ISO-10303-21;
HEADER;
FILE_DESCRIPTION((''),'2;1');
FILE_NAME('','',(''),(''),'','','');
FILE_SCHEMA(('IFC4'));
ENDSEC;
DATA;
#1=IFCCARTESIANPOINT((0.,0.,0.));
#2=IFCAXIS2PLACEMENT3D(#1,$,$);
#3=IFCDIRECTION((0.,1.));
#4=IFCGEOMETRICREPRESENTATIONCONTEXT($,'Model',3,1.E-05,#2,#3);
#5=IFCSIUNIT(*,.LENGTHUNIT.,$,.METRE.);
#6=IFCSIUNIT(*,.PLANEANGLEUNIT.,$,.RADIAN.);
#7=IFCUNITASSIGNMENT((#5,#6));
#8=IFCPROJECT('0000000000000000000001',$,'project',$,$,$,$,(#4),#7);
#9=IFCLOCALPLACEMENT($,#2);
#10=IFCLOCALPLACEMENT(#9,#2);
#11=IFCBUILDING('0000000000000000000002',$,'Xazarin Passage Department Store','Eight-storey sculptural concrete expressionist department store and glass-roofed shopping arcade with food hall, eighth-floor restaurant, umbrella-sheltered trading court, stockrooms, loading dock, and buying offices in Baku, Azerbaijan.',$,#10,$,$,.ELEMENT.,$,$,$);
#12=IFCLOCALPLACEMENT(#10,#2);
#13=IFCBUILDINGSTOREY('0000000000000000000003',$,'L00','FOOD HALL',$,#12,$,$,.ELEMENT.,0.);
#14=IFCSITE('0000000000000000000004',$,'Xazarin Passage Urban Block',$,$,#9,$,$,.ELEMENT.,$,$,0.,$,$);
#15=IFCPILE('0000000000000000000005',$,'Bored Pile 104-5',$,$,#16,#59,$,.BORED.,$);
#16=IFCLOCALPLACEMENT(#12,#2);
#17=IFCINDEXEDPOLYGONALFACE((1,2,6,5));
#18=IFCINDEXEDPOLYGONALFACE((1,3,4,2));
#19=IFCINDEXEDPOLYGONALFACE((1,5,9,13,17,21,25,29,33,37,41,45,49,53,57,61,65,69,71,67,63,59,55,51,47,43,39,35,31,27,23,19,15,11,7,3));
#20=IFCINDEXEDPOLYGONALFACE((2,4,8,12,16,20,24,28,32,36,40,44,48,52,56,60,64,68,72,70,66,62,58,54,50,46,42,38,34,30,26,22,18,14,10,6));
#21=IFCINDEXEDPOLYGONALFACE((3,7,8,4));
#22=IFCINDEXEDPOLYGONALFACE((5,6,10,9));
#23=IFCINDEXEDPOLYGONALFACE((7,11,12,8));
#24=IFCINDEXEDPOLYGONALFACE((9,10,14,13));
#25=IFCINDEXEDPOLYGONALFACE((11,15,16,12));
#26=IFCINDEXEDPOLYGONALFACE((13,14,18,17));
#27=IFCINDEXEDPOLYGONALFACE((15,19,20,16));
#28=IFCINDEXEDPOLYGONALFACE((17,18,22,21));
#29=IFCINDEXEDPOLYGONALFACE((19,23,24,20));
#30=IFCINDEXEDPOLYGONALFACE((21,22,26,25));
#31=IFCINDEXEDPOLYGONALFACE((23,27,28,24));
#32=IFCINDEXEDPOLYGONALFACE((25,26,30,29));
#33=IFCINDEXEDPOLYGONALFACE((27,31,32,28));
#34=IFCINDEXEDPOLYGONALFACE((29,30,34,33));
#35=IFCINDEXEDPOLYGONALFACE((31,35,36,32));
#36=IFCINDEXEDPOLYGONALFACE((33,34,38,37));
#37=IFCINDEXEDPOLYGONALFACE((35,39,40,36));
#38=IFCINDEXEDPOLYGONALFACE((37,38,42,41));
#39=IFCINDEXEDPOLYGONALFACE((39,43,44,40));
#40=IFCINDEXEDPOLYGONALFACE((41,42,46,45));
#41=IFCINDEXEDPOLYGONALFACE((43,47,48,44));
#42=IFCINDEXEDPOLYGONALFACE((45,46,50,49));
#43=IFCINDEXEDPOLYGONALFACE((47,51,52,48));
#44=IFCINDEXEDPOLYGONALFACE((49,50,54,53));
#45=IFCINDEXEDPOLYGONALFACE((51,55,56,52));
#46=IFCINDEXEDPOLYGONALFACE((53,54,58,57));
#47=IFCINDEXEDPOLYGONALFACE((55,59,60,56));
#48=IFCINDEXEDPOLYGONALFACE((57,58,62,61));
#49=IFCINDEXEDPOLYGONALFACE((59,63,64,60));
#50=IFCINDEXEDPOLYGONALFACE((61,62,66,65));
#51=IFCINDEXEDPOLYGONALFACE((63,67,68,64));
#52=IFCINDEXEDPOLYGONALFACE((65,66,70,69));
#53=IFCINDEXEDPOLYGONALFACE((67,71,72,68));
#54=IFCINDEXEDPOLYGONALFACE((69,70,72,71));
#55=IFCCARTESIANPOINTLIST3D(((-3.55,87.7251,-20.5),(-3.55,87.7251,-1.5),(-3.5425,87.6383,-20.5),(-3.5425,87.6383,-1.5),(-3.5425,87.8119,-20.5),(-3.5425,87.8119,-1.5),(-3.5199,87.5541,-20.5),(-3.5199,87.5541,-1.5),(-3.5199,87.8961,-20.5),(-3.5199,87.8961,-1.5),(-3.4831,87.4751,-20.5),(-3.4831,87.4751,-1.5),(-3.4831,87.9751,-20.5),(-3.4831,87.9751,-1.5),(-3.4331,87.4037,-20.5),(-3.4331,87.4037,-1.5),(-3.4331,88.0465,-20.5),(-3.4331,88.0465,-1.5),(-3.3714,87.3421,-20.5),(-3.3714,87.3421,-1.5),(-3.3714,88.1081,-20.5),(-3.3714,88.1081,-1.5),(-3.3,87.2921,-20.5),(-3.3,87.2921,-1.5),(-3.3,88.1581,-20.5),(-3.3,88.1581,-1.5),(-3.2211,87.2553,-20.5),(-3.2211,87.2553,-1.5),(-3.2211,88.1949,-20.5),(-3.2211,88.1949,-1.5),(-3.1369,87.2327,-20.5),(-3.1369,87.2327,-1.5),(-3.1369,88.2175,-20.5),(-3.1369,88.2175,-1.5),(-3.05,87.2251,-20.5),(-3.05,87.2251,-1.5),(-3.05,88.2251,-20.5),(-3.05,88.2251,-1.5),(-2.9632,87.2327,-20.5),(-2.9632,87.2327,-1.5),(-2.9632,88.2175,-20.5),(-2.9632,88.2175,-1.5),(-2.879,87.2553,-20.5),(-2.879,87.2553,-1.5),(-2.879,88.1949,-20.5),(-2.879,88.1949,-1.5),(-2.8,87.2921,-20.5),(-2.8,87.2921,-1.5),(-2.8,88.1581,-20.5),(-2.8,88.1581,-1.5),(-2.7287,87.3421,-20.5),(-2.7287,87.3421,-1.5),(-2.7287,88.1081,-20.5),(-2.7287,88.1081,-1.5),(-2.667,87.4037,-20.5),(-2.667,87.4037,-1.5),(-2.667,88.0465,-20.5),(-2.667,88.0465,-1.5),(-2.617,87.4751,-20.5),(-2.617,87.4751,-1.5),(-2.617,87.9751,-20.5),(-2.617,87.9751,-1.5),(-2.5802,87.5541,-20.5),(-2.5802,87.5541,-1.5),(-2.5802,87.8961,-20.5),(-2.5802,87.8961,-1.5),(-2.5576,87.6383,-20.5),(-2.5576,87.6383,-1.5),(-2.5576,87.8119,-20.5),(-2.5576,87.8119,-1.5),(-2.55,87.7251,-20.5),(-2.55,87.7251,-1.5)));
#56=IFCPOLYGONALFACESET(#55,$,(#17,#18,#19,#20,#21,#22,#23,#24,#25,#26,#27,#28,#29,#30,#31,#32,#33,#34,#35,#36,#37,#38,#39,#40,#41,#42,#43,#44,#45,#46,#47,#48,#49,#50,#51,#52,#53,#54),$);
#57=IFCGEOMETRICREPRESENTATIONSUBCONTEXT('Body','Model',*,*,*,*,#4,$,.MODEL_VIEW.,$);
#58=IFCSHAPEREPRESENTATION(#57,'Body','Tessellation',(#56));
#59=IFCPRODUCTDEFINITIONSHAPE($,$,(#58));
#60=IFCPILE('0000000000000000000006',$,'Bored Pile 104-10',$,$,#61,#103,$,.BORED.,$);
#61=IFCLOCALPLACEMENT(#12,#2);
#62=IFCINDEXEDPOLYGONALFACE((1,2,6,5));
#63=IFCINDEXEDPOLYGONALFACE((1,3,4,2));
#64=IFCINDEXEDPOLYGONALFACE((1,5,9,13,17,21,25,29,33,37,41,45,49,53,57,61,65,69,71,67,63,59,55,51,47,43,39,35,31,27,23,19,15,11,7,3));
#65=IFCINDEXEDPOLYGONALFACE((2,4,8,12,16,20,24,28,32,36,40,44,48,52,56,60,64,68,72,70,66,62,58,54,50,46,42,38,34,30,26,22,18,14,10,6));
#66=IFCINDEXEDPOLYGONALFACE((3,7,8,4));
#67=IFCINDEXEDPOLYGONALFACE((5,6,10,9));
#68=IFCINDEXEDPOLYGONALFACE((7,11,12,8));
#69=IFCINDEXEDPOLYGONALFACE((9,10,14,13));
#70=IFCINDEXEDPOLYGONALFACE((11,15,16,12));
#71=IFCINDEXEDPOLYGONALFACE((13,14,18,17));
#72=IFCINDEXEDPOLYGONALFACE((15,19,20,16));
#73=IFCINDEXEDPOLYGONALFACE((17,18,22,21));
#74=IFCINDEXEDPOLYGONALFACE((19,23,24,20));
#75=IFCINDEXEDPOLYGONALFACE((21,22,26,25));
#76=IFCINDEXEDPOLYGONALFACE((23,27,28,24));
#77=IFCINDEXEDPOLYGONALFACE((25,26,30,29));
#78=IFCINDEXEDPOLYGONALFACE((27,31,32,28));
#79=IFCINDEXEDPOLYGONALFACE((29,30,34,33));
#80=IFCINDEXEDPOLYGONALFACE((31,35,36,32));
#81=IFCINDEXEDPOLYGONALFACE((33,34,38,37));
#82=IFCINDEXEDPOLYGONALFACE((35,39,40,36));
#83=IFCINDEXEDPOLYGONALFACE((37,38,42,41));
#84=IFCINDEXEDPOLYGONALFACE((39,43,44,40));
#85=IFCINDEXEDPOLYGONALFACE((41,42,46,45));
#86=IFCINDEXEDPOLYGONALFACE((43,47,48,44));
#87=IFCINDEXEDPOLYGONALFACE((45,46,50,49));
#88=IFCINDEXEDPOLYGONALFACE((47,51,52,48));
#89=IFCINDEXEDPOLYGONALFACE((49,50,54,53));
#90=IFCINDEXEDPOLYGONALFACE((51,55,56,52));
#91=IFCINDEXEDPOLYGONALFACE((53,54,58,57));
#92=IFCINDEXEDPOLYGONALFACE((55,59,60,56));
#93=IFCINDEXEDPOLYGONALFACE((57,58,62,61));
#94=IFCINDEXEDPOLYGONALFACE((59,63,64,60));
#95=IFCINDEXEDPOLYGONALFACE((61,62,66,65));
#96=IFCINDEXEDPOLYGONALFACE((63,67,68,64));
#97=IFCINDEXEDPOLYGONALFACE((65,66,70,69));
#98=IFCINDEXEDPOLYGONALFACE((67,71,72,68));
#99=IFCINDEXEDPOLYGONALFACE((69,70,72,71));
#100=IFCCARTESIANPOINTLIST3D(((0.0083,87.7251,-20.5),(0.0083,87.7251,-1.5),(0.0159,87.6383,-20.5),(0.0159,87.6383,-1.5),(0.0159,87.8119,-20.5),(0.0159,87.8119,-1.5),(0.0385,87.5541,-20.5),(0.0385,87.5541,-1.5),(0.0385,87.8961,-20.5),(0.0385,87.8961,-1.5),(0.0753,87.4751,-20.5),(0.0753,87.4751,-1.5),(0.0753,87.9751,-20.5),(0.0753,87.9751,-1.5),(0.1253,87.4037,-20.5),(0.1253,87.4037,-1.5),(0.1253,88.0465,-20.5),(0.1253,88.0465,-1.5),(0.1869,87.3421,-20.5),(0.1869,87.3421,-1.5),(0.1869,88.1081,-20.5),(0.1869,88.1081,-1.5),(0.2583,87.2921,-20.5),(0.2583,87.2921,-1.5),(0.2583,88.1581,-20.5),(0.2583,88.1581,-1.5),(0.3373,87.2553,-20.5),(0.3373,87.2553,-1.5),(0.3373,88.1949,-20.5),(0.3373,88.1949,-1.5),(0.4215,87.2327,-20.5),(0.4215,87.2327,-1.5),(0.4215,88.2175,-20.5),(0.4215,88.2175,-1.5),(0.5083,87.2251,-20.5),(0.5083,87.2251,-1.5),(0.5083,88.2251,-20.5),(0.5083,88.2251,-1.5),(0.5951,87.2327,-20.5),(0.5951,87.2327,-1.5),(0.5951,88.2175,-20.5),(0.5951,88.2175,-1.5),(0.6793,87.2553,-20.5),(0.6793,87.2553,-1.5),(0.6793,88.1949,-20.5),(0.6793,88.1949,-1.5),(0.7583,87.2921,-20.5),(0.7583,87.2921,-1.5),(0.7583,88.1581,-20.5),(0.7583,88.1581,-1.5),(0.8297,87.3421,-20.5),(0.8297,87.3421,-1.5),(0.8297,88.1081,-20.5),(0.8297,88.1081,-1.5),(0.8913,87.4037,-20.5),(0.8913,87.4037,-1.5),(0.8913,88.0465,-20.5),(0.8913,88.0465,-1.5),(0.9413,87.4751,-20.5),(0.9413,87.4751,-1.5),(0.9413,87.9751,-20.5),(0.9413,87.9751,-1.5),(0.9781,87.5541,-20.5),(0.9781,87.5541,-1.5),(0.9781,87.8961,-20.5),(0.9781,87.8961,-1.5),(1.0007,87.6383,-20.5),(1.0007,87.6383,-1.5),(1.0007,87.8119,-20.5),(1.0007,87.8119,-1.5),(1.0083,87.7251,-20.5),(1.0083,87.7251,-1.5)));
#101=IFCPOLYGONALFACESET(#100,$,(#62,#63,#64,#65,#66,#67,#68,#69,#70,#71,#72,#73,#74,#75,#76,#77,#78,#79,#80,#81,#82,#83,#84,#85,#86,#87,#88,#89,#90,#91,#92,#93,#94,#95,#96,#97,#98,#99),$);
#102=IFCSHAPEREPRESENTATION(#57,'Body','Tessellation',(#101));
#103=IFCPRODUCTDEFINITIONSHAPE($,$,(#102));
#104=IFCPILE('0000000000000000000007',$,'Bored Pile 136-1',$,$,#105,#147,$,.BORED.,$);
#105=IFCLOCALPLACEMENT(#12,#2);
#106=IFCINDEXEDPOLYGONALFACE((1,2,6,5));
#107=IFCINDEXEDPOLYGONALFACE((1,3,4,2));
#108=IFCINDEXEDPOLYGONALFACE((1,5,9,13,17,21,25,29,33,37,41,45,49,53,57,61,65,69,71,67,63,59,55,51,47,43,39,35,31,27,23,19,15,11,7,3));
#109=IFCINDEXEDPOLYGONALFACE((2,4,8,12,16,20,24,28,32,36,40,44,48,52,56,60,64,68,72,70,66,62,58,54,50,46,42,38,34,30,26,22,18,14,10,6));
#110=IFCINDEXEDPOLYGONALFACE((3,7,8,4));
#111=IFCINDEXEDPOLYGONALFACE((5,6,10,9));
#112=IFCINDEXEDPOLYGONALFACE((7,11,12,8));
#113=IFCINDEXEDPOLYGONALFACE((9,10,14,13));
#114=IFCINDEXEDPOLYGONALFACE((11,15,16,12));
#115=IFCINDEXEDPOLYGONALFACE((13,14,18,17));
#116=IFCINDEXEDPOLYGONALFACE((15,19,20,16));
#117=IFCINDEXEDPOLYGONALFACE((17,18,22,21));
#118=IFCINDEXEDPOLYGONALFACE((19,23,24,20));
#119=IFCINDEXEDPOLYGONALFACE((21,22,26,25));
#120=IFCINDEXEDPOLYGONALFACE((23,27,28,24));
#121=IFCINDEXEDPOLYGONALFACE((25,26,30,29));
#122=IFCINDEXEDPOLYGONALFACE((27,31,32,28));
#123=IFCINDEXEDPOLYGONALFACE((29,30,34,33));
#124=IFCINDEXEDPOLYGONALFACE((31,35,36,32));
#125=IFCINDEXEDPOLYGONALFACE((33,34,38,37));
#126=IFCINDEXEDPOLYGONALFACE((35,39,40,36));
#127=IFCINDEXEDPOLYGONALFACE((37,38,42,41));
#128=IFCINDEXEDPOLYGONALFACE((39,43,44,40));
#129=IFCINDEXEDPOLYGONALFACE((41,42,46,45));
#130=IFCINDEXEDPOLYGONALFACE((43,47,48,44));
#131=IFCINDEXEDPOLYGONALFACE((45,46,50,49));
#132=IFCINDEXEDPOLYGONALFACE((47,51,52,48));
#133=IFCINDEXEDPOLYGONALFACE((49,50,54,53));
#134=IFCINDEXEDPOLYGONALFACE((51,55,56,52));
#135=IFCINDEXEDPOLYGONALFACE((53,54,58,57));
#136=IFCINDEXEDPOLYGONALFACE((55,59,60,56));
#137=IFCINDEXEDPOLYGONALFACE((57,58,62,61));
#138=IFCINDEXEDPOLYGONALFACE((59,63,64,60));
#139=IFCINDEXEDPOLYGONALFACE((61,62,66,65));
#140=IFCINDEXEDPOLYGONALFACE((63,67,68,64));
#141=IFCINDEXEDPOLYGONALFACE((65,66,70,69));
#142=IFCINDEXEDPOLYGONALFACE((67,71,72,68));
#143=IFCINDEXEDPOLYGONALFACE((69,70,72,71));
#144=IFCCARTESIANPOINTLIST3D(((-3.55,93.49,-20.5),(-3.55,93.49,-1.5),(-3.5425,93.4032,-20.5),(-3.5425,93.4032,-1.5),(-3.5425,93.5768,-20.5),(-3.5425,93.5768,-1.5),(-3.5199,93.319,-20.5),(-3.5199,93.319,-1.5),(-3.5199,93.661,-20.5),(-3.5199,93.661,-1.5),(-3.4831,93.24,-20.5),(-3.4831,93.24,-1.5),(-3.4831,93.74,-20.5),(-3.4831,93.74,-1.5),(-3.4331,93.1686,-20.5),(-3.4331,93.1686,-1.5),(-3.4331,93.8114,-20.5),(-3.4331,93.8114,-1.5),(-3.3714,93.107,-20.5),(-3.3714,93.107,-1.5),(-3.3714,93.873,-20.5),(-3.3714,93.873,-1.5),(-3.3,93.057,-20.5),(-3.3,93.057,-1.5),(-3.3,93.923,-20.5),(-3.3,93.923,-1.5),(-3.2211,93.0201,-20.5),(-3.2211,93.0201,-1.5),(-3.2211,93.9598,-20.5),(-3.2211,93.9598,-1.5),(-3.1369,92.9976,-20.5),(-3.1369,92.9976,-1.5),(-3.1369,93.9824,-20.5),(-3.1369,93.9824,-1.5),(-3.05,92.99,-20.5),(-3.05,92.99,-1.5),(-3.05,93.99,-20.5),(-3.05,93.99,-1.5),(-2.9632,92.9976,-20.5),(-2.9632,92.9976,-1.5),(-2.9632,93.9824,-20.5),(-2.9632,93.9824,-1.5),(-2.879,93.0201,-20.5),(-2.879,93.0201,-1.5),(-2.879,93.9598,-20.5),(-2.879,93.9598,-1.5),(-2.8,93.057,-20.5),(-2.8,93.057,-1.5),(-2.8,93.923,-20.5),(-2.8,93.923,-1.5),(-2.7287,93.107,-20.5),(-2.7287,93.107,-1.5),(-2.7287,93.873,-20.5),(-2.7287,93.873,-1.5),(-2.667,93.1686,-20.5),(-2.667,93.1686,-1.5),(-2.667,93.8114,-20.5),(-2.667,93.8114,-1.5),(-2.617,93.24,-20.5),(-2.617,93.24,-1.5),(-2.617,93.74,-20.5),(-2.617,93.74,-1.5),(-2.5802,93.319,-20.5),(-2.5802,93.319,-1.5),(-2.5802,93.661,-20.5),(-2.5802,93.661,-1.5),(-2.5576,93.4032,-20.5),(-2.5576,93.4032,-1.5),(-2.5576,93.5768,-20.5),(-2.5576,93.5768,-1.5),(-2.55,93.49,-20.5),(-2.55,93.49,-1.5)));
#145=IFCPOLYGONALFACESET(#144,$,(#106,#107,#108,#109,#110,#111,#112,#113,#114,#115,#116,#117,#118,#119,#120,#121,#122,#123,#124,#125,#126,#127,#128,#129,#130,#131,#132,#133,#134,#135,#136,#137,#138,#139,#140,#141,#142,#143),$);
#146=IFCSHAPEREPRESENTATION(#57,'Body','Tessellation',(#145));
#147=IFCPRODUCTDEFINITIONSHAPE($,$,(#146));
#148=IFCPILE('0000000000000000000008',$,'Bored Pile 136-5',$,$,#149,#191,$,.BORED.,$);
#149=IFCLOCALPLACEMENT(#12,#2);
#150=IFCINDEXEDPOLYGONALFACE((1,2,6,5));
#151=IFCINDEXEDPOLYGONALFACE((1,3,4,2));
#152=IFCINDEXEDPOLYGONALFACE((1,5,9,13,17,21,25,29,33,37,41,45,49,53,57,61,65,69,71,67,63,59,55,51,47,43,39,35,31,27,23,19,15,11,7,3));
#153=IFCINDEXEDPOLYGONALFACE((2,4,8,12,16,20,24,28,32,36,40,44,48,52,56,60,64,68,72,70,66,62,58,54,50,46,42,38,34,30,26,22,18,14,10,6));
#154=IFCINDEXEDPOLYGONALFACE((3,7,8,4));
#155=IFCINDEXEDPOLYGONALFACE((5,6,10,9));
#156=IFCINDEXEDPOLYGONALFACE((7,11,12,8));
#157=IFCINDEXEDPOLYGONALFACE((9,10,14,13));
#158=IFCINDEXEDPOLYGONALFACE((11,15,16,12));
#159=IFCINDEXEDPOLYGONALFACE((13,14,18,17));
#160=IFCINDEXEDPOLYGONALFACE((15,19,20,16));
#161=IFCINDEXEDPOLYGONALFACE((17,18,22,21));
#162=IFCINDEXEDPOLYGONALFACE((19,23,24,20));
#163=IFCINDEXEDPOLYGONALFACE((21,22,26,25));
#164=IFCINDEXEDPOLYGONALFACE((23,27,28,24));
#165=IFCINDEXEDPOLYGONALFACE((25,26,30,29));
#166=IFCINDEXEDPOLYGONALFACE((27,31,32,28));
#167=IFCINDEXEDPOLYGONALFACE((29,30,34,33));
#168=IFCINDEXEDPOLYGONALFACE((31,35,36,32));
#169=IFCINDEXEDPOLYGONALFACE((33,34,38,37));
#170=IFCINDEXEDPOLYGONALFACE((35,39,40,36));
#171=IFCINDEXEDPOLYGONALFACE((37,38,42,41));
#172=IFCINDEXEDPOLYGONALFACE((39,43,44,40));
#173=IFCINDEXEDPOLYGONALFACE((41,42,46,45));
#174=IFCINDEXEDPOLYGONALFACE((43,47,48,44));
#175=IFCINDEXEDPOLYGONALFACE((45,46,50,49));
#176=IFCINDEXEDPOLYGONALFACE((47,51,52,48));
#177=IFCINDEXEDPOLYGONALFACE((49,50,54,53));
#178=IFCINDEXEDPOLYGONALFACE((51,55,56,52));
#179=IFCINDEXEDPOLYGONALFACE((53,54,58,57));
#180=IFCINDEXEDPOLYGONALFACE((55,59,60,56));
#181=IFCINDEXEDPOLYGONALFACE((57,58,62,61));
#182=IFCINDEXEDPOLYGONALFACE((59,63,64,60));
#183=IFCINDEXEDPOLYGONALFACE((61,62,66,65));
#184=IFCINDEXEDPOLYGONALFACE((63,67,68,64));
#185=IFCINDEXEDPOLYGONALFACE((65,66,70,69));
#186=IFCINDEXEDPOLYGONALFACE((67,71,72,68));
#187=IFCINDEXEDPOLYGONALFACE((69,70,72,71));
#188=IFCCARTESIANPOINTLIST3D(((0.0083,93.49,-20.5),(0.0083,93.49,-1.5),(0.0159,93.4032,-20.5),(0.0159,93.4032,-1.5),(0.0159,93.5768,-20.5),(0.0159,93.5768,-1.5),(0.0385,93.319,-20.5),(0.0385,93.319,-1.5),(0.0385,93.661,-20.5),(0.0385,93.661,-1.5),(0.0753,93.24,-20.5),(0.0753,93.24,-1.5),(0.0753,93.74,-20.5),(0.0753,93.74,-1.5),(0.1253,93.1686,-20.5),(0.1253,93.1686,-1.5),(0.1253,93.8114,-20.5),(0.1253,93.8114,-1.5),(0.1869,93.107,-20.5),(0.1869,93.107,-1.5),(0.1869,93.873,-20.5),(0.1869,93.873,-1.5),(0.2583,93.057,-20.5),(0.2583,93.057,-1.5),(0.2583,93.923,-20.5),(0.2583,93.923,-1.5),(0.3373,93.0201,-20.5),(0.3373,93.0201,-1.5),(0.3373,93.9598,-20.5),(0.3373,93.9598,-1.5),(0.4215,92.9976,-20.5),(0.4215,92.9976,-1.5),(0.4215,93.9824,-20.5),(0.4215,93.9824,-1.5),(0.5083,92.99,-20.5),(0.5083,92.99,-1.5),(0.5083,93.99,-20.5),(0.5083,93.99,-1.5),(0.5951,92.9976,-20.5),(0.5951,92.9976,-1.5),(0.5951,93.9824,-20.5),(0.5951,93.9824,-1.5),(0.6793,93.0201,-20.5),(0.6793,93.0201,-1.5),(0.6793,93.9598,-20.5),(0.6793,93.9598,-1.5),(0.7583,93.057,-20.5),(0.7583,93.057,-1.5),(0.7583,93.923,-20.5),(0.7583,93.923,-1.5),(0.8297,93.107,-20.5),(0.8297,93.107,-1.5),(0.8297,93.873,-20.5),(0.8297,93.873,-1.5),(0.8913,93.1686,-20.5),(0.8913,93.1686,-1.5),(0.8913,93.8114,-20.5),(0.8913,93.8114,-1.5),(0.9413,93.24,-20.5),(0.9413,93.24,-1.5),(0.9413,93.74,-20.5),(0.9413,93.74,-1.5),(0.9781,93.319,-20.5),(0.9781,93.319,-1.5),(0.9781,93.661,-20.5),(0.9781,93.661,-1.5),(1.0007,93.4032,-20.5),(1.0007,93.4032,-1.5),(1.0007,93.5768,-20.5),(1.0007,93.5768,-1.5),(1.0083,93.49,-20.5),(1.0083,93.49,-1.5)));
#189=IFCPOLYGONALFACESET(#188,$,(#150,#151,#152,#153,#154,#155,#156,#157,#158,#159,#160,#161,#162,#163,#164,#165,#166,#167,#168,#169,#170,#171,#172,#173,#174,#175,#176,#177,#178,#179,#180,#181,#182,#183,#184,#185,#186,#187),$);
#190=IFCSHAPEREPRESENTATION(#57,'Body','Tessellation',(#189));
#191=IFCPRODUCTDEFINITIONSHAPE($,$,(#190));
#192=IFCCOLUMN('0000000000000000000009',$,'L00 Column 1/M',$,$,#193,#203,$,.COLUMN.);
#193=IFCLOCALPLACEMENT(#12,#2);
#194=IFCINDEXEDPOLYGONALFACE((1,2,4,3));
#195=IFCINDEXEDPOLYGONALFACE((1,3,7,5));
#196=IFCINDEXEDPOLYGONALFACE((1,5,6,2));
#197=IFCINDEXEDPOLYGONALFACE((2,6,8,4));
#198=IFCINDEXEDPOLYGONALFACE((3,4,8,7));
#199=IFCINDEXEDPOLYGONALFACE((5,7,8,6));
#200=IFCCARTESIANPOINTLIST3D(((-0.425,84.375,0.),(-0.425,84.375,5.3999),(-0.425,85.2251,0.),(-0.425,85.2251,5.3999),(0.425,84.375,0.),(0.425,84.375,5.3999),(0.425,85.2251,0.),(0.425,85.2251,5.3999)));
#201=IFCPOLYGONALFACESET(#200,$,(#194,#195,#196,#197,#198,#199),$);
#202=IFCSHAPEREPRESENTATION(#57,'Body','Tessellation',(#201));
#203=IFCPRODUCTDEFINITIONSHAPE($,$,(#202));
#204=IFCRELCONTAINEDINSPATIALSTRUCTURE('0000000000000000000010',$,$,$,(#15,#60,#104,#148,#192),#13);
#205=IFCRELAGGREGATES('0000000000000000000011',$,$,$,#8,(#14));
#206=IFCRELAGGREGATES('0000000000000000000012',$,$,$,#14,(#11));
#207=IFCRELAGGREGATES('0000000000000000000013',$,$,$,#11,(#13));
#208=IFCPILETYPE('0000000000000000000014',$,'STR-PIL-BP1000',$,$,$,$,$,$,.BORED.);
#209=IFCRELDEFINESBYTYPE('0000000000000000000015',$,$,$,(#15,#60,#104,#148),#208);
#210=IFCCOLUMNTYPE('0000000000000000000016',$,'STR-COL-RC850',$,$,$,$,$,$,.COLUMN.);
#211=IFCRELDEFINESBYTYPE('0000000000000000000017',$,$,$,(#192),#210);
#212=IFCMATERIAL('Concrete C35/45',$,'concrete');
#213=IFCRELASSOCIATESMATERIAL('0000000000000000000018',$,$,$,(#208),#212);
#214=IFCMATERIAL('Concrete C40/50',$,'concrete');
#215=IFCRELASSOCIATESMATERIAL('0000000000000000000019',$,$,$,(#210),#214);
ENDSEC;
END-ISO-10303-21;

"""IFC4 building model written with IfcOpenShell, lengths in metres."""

from ifc_helpers import new_model, si_unit, direction, frame, origin, origin_2d, place, context, subcontext, project, spatial, rectangle, circle, extrude, material, material_profile, profile_set, type_object, element, save


model = new_model("IFC4")

# Units and contexts
model_context = context("Model", 3, precision=1e-05, world=origin(), true_north=direction((0.0, 1.0)))
body_context = subcontext(model_context, "Body", "Model", "MODEL_VIEW")
ifc_project = project(units=[si_unit("LENGTHUNIT", "METRE"), si_unit("PLANEANGLEUNIT", "RADIAN")], contexts=[model_context])

# Site, building, storey
site_placement = place(None, origin())
site = spatial("IfcSite", under=ifc_project, at=site_placement, Name="Xazarin Passage Urban Block", CompositionType="ELEMENT", RefElevation=0.0)
building_placement = place(site_placement, origin())
building = spatial("IfcBuilding", under=site, at=building_placement, Name="Xazarin Passage Department Store", Description="Eight-storey sculptural concrete expressionist department store and glass-roofed shopping arcade with food hall, eighth-floor restaurant, umbrella-sheltered trading court, stockrooms, loading dock, and buying offices in Baku, Azerbaijan.", CompositionType="ELEMENT")
storey_placement = place(building_placement, origin())
storey = spatial("IfcBuildingStorey", under=building, at=storey_placement, Name="L00", Description="FOOD HALL", CompositionType="ELEMENT", Elevation=0.0)

# Piles
ifc_material_1 = material(Name="Concrete C35/45", Category="concrete")
ifc_material_profile_1 = material_profile(ifc_material_1, circle(Radius=0.5, at=origin_2d()), Name="BP 1000")
ifc_profile_set_1 = profile_set([ifc_material_profile_1], Name="Concrete C35/45")
pile_type = type_object("IfcPileType", Name="STR-PIL-BP1000", PredefinedType="BORED", material=ifc_profile_set_1)
for number, where, z_axis, x_axis, name in (
    (1, (-3.05, 87.7251, -1.5), (0.0, 0.0, -1.0), (1.0, 0.0, 0.0), "Bored Pile 104-5"),
    (2, (0.5083, 87.7251, -1.5), (0.0, 0.0, -1.0), (1.0, 0.0, 0.0), "Bored Pile 104-10"),
    (3, (-3.05, 93.49, -1.5), (0.0, 0.0, -1.0), (1.0, 0.0, 0.0), "Bored Pile 136-1"),
    (4, (0.5083, 93.49, -1.5), (0.0, 0.0, -1.0), (1.0, 0.0, 0.0), "Bored Pile 136-5"),
):
    element("IfcPile", number, at=place(storey_placement, frame(where, z_axis=z_axis, x_axis=x_axis)), inside=storey, type_object=pile_type, Name=name, PredefinedType="BORED", context=body_context, shape_type="SweptSolid", body=[
        extrude(circle(Radius=0.5, at=origin_2d()), origin(), (0.0, 0.0, 1.0), 19.0),
    ])

# Column
ifc_material_2 = material(Name="Concrete C40/50", Category="concrete")
ifc_material_profile_2 = material_profile(ifc_material_2, rectangle(XDim=0.8501, YDim=0.8501, at=origin_2d()), Name="RC 850x850")
ifc_profile_set_2 = profile_set([ifc_material_profile_2], Name="Concrete C40/50")
column_type_1 = type_object("IfcColumnType", Name="STR-COL-RC850", PredefinedType="COLUMN", material=ifc_profile_set_2)
for number, where, z_axis, x_axis, name in (
    (5, (0.0, 84.8, 0.0), (0.0, 0.0, 1.0), (1.0, 0.0, 0.0), "L00 Column 1/M"),
):
    element("IfcColumn", number, at=place(storey_placement, frame(where, z_axis=z_axis, x_axis=x_axis)), inside=storey, type_object=column_type_1, Name=name, PredefinedType="COLUMN", context=body_context, shape_type="SweptSolid", body=[
        extrude(rectangle(XDim=0.8501, YDim=0.8501, at=origin_2d()), origin(), (0.0, 0.0, 1.0), 5.3999),
    ])

save(model, "model.ifc")
